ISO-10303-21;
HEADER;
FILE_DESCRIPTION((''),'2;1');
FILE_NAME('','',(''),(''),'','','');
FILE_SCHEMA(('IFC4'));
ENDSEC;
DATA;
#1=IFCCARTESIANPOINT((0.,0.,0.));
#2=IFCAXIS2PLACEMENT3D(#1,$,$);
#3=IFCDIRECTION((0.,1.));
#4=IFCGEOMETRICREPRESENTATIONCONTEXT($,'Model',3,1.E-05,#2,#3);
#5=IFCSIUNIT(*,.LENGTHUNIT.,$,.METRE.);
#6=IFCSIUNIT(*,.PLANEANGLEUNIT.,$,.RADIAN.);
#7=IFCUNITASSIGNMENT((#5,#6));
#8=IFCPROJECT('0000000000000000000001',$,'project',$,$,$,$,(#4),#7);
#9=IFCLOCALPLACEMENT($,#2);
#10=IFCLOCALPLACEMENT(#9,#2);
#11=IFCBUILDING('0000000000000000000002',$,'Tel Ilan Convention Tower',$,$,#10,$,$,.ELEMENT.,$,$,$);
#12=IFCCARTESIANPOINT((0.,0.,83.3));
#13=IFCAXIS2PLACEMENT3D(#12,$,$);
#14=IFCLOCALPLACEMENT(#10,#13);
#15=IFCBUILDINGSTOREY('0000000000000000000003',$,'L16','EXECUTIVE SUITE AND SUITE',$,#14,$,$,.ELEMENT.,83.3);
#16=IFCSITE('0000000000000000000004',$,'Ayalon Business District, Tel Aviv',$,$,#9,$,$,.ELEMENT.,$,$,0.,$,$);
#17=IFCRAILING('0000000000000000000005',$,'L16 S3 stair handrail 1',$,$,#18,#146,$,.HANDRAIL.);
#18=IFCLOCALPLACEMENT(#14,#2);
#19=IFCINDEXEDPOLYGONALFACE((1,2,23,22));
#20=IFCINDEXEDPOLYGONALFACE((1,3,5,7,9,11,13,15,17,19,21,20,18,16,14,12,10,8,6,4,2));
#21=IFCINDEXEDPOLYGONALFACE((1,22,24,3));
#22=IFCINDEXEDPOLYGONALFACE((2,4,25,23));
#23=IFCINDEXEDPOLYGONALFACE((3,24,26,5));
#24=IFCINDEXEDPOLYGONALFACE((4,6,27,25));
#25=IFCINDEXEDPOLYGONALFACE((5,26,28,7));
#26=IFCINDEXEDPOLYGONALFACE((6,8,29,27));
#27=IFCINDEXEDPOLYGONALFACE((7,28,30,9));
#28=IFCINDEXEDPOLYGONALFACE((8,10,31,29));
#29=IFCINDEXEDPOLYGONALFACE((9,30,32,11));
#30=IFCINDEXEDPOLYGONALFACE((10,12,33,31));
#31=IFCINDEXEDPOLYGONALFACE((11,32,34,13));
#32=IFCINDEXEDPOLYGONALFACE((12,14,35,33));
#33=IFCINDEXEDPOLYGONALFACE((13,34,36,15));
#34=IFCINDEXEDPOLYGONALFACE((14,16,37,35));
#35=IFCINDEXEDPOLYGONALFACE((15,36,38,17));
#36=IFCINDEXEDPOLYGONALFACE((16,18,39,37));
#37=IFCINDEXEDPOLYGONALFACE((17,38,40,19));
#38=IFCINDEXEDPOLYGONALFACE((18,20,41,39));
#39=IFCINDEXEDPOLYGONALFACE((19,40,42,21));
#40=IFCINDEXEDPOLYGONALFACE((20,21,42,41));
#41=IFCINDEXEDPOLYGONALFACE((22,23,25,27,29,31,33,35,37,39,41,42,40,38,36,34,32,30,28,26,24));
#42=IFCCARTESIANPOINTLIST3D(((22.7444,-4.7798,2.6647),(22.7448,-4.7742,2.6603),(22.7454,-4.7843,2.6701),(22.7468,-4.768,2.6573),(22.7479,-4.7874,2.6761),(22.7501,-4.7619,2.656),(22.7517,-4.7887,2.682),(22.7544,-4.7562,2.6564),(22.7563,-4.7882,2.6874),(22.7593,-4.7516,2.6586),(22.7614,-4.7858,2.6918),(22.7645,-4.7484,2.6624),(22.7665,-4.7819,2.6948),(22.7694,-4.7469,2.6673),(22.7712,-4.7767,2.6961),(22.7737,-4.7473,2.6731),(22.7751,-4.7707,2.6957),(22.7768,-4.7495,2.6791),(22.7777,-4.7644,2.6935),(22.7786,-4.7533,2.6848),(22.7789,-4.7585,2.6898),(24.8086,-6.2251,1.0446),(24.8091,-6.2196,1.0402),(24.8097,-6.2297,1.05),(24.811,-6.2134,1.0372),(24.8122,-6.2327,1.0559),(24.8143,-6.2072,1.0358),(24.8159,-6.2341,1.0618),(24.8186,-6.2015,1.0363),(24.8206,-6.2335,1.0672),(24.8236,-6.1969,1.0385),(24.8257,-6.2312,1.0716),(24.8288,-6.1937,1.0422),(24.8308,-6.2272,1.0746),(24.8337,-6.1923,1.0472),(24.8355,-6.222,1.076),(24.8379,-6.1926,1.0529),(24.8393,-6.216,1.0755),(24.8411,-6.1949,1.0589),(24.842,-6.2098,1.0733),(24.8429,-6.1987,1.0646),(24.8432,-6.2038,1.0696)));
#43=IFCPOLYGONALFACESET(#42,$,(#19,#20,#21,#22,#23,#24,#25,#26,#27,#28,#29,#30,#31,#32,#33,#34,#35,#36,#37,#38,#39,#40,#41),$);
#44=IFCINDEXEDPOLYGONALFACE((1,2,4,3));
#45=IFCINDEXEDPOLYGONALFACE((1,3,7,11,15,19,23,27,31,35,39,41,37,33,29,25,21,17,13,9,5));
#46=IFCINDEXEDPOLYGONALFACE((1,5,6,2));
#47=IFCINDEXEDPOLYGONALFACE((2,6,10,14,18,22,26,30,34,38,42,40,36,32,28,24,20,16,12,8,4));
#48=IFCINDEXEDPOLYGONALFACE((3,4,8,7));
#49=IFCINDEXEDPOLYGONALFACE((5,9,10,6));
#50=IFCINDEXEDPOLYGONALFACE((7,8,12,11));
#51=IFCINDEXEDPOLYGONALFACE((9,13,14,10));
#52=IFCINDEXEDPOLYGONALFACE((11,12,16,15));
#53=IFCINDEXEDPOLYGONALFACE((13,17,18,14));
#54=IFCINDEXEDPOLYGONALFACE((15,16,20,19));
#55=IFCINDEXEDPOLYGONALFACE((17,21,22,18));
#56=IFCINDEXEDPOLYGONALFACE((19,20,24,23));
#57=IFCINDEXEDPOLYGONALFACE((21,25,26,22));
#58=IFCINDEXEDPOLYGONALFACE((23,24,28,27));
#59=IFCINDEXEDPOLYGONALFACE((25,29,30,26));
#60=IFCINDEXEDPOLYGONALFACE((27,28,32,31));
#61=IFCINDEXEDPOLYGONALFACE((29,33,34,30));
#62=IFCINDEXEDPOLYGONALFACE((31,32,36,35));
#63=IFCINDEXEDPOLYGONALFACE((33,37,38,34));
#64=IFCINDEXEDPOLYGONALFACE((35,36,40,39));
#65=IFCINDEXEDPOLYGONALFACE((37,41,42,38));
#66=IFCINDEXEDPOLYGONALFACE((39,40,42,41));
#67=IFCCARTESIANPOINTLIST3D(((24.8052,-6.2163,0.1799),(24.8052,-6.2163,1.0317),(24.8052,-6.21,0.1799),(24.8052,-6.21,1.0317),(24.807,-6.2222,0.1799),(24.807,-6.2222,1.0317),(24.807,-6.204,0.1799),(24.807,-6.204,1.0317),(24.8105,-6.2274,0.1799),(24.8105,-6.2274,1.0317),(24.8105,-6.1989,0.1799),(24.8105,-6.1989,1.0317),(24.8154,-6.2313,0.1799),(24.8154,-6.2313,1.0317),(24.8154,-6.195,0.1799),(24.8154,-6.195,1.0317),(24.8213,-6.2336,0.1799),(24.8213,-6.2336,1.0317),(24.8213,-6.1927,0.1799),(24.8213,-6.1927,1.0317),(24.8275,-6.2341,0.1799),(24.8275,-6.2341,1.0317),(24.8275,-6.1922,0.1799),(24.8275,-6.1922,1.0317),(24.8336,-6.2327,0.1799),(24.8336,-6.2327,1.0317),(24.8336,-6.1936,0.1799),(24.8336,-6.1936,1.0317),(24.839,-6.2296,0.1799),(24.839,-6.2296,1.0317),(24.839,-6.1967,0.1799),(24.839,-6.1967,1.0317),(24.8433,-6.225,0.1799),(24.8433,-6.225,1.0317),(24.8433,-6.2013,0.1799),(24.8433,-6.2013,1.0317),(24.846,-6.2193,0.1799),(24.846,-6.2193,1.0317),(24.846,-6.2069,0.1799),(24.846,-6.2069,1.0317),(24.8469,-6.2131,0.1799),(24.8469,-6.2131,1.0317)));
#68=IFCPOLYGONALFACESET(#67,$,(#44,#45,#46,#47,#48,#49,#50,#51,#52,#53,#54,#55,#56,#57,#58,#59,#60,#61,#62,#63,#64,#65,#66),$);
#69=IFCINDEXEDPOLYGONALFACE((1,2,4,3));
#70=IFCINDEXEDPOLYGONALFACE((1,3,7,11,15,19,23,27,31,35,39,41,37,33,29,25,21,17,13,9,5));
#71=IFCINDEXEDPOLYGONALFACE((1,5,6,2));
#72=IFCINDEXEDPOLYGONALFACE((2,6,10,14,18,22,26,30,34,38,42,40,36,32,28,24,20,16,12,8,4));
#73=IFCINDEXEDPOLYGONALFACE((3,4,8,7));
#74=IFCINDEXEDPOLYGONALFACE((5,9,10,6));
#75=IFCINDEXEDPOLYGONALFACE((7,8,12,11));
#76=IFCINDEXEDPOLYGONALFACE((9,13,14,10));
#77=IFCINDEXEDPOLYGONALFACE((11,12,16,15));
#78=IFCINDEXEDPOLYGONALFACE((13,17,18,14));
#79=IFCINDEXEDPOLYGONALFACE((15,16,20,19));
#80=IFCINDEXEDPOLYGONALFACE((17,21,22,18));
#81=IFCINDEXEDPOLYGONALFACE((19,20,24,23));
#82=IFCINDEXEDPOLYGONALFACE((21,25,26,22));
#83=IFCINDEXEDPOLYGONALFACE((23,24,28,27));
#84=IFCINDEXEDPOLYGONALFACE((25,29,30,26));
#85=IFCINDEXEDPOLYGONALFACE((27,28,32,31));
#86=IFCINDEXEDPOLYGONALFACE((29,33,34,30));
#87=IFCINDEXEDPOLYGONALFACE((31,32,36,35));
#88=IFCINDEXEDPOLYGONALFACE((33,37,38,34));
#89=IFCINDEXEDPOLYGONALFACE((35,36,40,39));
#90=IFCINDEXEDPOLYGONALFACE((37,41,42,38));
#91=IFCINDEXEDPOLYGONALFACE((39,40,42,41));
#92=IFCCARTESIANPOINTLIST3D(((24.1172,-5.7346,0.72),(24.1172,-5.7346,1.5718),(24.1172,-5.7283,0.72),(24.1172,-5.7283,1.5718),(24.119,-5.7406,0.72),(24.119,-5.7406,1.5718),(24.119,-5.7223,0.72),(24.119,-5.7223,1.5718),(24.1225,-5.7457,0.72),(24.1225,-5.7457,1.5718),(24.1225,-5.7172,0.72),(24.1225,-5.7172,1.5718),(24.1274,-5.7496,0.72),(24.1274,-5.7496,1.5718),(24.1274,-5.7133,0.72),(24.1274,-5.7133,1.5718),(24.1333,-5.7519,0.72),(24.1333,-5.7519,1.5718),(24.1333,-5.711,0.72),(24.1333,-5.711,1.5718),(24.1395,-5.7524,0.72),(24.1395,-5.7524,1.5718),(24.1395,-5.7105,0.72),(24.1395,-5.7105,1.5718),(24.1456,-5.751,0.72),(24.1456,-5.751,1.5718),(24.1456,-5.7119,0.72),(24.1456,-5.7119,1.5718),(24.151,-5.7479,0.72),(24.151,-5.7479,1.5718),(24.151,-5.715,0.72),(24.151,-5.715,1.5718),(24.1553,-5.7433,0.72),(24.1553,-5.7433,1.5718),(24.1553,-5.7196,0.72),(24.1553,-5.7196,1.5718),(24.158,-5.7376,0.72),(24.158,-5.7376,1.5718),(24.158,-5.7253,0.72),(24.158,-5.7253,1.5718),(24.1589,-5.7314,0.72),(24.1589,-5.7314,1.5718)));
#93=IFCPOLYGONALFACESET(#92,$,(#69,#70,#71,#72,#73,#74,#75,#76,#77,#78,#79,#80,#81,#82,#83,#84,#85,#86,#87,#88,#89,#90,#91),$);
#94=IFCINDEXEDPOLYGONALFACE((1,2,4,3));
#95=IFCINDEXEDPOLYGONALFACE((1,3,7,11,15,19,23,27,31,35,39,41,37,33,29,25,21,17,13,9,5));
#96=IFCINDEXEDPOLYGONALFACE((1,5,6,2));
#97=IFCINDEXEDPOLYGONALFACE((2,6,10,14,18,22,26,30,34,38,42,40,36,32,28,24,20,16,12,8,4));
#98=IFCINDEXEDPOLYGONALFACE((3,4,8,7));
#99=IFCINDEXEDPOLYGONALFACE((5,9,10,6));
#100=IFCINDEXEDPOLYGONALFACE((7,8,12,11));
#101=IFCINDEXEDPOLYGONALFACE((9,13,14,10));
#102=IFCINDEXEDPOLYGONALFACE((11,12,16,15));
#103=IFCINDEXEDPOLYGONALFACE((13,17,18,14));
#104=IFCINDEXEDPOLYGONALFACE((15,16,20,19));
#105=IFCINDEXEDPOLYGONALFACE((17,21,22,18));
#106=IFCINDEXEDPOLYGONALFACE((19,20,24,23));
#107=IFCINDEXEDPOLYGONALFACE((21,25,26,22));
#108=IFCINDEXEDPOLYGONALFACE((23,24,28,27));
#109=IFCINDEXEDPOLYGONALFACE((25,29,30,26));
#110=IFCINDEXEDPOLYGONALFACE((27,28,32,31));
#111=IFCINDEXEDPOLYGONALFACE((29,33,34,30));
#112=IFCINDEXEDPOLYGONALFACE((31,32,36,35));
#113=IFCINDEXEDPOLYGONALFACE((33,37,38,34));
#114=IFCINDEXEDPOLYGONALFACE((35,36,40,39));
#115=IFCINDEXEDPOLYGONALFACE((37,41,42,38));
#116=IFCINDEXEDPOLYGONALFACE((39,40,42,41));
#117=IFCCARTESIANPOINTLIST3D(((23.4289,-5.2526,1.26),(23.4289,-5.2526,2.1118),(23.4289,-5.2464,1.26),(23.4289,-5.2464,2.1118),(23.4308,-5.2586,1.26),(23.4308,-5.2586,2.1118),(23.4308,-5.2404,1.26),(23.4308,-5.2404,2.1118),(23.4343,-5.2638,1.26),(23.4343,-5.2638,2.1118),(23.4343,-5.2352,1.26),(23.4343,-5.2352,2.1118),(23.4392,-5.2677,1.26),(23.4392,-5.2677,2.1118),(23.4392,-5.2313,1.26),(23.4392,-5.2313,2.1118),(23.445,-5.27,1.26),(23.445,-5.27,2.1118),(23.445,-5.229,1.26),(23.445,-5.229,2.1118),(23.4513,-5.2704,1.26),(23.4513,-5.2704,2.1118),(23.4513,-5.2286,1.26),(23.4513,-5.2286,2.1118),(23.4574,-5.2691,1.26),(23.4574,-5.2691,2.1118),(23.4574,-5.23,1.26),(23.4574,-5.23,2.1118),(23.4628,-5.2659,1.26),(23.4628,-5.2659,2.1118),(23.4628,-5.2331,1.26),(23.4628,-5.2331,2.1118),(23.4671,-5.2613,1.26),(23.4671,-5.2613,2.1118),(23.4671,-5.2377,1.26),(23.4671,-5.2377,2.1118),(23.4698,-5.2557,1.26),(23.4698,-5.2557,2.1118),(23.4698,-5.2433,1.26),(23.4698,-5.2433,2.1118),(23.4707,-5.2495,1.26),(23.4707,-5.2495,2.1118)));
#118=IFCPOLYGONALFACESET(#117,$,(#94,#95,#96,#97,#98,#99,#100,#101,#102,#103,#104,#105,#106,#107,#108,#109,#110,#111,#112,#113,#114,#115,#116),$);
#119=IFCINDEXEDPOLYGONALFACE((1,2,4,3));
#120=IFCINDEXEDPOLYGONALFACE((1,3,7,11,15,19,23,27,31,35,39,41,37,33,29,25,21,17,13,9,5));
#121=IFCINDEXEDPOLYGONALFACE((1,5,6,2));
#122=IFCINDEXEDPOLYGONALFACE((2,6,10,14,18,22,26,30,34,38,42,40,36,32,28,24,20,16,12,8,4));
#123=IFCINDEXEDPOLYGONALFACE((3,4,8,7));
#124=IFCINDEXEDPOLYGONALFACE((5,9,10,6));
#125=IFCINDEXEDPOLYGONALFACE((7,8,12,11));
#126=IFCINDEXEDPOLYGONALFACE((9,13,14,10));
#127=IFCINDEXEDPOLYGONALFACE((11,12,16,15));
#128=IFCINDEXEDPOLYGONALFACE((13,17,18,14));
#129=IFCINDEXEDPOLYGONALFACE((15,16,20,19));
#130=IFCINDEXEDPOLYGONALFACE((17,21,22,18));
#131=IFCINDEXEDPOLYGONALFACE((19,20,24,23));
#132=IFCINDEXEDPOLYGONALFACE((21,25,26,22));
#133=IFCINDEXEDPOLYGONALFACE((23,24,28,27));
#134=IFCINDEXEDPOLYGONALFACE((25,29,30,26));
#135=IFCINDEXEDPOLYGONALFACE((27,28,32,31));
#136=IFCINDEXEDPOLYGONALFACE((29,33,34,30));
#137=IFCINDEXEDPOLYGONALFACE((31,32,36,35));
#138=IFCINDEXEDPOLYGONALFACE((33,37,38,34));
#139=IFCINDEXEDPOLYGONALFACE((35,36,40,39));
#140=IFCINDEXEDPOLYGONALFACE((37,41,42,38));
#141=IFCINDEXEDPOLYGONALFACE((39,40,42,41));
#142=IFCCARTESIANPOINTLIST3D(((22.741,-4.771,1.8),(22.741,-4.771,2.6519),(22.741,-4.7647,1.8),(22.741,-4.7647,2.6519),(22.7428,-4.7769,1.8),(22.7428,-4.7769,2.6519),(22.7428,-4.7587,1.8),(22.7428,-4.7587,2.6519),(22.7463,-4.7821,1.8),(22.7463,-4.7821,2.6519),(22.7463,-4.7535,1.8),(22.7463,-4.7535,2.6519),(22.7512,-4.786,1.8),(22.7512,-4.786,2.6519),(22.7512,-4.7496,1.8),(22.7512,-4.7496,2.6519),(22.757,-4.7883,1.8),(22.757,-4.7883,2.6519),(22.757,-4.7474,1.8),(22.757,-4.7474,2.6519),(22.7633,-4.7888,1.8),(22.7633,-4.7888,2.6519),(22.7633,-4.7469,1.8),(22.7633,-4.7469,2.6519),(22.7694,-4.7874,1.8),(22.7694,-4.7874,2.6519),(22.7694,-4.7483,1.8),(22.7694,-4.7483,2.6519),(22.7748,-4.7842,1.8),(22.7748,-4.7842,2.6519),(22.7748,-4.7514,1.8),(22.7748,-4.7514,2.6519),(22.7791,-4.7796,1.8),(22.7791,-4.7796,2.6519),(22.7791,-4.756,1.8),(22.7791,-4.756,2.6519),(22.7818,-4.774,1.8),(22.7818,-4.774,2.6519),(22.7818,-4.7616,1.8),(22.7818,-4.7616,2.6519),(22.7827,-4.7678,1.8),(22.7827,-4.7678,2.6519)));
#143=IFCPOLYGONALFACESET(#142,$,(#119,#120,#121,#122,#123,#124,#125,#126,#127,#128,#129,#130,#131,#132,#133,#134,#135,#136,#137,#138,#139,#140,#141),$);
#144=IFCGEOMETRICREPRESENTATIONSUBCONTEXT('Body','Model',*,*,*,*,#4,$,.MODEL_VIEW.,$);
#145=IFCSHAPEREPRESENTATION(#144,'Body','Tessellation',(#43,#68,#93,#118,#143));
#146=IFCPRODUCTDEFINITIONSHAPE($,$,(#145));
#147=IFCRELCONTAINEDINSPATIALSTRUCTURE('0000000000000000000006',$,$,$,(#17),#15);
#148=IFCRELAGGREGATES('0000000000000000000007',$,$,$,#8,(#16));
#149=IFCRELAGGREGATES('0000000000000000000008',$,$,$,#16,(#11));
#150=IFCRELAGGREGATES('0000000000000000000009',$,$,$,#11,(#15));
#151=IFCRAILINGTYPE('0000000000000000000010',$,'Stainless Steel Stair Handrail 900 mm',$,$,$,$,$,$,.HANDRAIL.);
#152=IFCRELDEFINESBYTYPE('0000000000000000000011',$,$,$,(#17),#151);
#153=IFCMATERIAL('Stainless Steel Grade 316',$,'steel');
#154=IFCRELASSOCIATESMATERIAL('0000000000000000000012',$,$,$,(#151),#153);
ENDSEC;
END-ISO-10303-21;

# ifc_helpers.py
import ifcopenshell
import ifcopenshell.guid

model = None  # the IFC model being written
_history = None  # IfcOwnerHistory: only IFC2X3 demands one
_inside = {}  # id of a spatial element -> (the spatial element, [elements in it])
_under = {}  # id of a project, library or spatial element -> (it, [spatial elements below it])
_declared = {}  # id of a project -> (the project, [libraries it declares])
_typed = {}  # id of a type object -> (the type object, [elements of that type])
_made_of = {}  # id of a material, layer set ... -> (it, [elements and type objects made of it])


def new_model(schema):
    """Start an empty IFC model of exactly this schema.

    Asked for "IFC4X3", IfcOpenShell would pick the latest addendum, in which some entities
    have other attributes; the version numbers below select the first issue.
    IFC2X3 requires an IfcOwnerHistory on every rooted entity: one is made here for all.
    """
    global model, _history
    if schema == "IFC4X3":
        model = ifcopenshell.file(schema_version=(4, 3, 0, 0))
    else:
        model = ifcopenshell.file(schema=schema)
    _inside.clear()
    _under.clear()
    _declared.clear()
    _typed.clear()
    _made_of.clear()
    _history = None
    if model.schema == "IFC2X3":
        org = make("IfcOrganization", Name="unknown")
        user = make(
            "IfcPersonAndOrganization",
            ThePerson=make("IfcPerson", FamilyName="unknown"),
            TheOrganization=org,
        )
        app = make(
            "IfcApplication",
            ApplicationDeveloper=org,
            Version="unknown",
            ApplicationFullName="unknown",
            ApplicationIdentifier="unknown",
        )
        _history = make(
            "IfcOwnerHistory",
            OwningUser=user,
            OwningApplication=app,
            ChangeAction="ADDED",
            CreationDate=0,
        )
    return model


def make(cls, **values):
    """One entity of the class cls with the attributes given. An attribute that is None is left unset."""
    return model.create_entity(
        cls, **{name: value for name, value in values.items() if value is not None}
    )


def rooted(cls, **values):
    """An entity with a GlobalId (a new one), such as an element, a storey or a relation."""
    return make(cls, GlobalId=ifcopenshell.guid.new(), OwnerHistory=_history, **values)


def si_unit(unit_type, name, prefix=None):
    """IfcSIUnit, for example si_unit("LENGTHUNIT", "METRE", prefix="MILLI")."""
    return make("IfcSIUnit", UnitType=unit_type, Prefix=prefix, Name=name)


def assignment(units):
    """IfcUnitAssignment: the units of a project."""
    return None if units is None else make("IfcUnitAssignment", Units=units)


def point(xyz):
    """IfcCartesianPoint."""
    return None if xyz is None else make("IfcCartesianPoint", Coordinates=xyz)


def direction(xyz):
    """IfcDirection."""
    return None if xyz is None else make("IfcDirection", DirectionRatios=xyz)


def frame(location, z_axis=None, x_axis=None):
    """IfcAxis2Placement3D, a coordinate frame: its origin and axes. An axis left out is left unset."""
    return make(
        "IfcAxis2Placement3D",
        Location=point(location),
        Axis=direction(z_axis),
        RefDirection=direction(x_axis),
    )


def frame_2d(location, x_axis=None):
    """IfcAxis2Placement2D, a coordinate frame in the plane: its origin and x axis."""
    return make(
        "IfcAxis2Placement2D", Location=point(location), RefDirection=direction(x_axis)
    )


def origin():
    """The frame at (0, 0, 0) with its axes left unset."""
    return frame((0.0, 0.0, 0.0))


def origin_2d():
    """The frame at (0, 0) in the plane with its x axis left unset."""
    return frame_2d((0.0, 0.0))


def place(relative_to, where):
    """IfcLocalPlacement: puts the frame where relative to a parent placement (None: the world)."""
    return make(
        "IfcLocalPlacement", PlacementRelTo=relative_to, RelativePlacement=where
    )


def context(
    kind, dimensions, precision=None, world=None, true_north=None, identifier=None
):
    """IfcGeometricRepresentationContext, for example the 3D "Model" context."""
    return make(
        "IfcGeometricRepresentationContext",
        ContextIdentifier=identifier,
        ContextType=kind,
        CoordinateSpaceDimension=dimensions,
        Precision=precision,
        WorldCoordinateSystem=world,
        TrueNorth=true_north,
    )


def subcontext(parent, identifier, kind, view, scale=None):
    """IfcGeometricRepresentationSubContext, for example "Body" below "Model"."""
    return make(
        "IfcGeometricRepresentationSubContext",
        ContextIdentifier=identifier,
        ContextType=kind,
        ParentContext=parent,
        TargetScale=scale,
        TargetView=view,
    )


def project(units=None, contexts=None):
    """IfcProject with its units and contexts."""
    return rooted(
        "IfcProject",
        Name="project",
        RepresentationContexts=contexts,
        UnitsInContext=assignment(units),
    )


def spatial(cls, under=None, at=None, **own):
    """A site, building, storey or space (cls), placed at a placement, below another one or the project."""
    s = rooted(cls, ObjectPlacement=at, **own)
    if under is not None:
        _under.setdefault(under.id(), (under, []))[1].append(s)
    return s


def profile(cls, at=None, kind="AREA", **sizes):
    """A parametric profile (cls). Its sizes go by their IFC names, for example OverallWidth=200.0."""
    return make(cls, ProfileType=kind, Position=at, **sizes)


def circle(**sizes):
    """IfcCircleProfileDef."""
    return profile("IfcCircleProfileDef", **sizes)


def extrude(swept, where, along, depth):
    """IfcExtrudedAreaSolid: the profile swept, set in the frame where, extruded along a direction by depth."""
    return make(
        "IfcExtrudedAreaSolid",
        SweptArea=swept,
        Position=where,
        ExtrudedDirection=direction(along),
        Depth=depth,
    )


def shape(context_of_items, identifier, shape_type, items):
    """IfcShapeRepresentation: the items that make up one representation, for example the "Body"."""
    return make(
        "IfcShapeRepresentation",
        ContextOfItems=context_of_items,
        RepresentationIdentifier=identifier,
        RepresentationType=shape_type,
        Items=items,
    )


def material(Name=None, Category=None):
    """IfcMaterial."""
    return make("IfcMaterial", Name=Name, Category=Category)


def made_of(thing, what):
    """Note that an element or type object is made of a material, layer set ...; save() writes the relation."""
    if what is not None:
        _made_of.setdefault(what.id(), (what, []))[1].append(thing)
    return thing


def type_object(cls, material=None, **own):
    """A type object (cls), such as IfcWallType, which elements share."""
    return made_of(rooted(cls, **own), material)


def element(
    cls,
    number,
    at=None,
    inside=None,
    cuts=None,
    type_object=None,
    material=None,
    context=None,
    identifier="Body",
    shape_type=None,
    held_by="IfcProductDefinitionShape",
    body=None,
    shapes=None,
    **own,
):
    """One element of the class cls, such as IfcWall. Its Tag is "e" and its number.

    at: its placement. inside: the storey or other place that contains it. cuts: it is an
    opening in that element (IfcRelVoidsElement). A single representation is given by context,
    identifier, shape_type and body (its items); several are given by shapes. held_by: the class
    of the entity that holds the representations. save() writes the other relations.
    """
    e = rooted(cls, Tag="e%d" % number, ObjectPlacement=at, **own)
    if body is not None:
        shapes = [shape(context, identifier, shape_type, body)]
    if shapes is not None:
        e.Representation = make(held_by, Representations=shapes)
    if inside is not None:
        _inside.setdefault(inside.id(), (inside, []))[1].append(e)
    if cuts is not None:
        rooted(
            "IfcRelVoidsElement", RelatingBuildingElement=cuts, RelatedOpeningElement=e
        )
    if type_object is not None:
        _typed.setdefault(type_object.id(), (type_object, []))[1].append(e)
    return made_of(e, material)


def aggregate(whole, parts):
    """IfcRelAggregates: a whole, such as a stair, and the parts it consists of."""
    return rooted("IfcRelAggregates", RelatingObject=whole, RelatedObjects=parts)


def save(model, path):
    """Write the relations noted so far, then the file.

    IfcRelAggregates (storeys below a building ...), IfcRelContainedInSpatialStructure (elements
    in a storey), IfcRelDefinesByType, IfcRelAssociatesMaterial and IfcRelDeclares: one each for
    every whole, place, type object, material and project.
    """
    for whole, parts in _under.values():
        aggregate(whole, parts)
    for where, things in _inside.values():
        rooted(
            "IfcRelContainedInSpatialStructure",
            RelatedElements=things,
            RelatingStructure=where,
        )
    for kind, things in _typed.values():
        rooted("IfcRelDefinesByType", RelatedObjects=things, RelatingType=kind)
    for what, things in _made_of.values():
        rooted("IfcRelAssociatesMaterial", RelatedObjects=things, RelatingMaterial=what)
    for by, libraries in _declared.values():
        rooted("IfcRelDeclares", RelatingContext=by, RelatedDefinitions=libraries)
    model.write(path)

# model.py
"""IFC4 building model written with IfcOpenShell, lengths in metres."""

from ifc_helpers import new_model, si_unit, direction, frame, origin, origin_2d, place, context, subcontext, project, spatial, circle, extrude, material, type_object, element, save


model = new_model("IFC4")

# Units and contexts
model_context = context("Model", 3, precision=1e-05, world=origin(), true_north=direction((0.0, 1.0)))
body_context = subcontext(model_context, "Body", "Model", "MODEL_VIEW")
ifc_project = project(units=[si_unit("LENGTHUNIT", "METRE"), si_unit("PLANEANGLEUNIT", "RADIAN")], contexts=[model_context])

# Site, building, storey
site_placement = place(None, origin())
site = spatial("IfcSite", under=ifc_project, at=site_placement, Name="Ayalon Business District, Tel Aviv", CompositionType="ELEMENT", RefElevation=0.0)
building_placement = place(site_placement, origin())
building = spatial("IfcBuilding", under=site, at=building_placement, Name="Tel Ilan Convention Tower", CompositionType="ELEMENT")
storey_placement = place(building_placement, frame((0.0, 0.0, 83.3)))
storey = spatial("IfcBuildingStorey", under=building, at=storey_placement, Name="L16", Description="EXECUTIVE SUITE AND SUITE", CompositionType="ELEMENT", Elevation=83.3)

# Railing
ifc_material_1 = material(Name="Stainless Steel Grade 316", Category="steel")
railing_type_1 = type_object("IfcRailingType", Name="Stainless Steel Stair Handrail 900 mm", PredefinedType="HANDRAIL", material=ifc_material_1)
railing_1_placement = place(storey_placement, frame((24.8259, -6.2131, 0.1799)))
element("IfcRailing", 1, at=railing_1_placement, inside=storey, type_object=railing_type_1, Name="L16 S3 stair handrail 1", PredefinedType="HANDRAIL", context=body_context, shape_type="SweptSolid", body=[
    extrude(circle(Radius=0.0239, at=origin_2d()), frame((0.0, 0.0, 0.876), z_axis=(-0.68904, 0.48245, 0.540801), x_axis=(-0.57356, -0.819164, 0.0)), (0.0, 0.0, 1.0), 2.9958),
    extrude(circle(Radius=0.021, at=origin_2d()), origin(), (0.0, 0.0, 1.0), 0.8518),
    extrude(circle(Radius=0.021, at=origin_2d()), frame((-0.688, 0.4817, 0.54)), (0.0, 0.0, 1.0), 0.8518),
    extrude(circle(Radius=0.021, at=origin_2d()), frame((-1.3762, 0.9636, 1.0801)), (0.0, 0.0, 1.0), 0.8518),
    extrude(circle(Radius=0.021, at=origin_2d()), frame((-2.0642, 1.4453, 1.6201)), (0.0, 0.0, 1.0), 0.8518),
])

save(model, "model.ifc")
